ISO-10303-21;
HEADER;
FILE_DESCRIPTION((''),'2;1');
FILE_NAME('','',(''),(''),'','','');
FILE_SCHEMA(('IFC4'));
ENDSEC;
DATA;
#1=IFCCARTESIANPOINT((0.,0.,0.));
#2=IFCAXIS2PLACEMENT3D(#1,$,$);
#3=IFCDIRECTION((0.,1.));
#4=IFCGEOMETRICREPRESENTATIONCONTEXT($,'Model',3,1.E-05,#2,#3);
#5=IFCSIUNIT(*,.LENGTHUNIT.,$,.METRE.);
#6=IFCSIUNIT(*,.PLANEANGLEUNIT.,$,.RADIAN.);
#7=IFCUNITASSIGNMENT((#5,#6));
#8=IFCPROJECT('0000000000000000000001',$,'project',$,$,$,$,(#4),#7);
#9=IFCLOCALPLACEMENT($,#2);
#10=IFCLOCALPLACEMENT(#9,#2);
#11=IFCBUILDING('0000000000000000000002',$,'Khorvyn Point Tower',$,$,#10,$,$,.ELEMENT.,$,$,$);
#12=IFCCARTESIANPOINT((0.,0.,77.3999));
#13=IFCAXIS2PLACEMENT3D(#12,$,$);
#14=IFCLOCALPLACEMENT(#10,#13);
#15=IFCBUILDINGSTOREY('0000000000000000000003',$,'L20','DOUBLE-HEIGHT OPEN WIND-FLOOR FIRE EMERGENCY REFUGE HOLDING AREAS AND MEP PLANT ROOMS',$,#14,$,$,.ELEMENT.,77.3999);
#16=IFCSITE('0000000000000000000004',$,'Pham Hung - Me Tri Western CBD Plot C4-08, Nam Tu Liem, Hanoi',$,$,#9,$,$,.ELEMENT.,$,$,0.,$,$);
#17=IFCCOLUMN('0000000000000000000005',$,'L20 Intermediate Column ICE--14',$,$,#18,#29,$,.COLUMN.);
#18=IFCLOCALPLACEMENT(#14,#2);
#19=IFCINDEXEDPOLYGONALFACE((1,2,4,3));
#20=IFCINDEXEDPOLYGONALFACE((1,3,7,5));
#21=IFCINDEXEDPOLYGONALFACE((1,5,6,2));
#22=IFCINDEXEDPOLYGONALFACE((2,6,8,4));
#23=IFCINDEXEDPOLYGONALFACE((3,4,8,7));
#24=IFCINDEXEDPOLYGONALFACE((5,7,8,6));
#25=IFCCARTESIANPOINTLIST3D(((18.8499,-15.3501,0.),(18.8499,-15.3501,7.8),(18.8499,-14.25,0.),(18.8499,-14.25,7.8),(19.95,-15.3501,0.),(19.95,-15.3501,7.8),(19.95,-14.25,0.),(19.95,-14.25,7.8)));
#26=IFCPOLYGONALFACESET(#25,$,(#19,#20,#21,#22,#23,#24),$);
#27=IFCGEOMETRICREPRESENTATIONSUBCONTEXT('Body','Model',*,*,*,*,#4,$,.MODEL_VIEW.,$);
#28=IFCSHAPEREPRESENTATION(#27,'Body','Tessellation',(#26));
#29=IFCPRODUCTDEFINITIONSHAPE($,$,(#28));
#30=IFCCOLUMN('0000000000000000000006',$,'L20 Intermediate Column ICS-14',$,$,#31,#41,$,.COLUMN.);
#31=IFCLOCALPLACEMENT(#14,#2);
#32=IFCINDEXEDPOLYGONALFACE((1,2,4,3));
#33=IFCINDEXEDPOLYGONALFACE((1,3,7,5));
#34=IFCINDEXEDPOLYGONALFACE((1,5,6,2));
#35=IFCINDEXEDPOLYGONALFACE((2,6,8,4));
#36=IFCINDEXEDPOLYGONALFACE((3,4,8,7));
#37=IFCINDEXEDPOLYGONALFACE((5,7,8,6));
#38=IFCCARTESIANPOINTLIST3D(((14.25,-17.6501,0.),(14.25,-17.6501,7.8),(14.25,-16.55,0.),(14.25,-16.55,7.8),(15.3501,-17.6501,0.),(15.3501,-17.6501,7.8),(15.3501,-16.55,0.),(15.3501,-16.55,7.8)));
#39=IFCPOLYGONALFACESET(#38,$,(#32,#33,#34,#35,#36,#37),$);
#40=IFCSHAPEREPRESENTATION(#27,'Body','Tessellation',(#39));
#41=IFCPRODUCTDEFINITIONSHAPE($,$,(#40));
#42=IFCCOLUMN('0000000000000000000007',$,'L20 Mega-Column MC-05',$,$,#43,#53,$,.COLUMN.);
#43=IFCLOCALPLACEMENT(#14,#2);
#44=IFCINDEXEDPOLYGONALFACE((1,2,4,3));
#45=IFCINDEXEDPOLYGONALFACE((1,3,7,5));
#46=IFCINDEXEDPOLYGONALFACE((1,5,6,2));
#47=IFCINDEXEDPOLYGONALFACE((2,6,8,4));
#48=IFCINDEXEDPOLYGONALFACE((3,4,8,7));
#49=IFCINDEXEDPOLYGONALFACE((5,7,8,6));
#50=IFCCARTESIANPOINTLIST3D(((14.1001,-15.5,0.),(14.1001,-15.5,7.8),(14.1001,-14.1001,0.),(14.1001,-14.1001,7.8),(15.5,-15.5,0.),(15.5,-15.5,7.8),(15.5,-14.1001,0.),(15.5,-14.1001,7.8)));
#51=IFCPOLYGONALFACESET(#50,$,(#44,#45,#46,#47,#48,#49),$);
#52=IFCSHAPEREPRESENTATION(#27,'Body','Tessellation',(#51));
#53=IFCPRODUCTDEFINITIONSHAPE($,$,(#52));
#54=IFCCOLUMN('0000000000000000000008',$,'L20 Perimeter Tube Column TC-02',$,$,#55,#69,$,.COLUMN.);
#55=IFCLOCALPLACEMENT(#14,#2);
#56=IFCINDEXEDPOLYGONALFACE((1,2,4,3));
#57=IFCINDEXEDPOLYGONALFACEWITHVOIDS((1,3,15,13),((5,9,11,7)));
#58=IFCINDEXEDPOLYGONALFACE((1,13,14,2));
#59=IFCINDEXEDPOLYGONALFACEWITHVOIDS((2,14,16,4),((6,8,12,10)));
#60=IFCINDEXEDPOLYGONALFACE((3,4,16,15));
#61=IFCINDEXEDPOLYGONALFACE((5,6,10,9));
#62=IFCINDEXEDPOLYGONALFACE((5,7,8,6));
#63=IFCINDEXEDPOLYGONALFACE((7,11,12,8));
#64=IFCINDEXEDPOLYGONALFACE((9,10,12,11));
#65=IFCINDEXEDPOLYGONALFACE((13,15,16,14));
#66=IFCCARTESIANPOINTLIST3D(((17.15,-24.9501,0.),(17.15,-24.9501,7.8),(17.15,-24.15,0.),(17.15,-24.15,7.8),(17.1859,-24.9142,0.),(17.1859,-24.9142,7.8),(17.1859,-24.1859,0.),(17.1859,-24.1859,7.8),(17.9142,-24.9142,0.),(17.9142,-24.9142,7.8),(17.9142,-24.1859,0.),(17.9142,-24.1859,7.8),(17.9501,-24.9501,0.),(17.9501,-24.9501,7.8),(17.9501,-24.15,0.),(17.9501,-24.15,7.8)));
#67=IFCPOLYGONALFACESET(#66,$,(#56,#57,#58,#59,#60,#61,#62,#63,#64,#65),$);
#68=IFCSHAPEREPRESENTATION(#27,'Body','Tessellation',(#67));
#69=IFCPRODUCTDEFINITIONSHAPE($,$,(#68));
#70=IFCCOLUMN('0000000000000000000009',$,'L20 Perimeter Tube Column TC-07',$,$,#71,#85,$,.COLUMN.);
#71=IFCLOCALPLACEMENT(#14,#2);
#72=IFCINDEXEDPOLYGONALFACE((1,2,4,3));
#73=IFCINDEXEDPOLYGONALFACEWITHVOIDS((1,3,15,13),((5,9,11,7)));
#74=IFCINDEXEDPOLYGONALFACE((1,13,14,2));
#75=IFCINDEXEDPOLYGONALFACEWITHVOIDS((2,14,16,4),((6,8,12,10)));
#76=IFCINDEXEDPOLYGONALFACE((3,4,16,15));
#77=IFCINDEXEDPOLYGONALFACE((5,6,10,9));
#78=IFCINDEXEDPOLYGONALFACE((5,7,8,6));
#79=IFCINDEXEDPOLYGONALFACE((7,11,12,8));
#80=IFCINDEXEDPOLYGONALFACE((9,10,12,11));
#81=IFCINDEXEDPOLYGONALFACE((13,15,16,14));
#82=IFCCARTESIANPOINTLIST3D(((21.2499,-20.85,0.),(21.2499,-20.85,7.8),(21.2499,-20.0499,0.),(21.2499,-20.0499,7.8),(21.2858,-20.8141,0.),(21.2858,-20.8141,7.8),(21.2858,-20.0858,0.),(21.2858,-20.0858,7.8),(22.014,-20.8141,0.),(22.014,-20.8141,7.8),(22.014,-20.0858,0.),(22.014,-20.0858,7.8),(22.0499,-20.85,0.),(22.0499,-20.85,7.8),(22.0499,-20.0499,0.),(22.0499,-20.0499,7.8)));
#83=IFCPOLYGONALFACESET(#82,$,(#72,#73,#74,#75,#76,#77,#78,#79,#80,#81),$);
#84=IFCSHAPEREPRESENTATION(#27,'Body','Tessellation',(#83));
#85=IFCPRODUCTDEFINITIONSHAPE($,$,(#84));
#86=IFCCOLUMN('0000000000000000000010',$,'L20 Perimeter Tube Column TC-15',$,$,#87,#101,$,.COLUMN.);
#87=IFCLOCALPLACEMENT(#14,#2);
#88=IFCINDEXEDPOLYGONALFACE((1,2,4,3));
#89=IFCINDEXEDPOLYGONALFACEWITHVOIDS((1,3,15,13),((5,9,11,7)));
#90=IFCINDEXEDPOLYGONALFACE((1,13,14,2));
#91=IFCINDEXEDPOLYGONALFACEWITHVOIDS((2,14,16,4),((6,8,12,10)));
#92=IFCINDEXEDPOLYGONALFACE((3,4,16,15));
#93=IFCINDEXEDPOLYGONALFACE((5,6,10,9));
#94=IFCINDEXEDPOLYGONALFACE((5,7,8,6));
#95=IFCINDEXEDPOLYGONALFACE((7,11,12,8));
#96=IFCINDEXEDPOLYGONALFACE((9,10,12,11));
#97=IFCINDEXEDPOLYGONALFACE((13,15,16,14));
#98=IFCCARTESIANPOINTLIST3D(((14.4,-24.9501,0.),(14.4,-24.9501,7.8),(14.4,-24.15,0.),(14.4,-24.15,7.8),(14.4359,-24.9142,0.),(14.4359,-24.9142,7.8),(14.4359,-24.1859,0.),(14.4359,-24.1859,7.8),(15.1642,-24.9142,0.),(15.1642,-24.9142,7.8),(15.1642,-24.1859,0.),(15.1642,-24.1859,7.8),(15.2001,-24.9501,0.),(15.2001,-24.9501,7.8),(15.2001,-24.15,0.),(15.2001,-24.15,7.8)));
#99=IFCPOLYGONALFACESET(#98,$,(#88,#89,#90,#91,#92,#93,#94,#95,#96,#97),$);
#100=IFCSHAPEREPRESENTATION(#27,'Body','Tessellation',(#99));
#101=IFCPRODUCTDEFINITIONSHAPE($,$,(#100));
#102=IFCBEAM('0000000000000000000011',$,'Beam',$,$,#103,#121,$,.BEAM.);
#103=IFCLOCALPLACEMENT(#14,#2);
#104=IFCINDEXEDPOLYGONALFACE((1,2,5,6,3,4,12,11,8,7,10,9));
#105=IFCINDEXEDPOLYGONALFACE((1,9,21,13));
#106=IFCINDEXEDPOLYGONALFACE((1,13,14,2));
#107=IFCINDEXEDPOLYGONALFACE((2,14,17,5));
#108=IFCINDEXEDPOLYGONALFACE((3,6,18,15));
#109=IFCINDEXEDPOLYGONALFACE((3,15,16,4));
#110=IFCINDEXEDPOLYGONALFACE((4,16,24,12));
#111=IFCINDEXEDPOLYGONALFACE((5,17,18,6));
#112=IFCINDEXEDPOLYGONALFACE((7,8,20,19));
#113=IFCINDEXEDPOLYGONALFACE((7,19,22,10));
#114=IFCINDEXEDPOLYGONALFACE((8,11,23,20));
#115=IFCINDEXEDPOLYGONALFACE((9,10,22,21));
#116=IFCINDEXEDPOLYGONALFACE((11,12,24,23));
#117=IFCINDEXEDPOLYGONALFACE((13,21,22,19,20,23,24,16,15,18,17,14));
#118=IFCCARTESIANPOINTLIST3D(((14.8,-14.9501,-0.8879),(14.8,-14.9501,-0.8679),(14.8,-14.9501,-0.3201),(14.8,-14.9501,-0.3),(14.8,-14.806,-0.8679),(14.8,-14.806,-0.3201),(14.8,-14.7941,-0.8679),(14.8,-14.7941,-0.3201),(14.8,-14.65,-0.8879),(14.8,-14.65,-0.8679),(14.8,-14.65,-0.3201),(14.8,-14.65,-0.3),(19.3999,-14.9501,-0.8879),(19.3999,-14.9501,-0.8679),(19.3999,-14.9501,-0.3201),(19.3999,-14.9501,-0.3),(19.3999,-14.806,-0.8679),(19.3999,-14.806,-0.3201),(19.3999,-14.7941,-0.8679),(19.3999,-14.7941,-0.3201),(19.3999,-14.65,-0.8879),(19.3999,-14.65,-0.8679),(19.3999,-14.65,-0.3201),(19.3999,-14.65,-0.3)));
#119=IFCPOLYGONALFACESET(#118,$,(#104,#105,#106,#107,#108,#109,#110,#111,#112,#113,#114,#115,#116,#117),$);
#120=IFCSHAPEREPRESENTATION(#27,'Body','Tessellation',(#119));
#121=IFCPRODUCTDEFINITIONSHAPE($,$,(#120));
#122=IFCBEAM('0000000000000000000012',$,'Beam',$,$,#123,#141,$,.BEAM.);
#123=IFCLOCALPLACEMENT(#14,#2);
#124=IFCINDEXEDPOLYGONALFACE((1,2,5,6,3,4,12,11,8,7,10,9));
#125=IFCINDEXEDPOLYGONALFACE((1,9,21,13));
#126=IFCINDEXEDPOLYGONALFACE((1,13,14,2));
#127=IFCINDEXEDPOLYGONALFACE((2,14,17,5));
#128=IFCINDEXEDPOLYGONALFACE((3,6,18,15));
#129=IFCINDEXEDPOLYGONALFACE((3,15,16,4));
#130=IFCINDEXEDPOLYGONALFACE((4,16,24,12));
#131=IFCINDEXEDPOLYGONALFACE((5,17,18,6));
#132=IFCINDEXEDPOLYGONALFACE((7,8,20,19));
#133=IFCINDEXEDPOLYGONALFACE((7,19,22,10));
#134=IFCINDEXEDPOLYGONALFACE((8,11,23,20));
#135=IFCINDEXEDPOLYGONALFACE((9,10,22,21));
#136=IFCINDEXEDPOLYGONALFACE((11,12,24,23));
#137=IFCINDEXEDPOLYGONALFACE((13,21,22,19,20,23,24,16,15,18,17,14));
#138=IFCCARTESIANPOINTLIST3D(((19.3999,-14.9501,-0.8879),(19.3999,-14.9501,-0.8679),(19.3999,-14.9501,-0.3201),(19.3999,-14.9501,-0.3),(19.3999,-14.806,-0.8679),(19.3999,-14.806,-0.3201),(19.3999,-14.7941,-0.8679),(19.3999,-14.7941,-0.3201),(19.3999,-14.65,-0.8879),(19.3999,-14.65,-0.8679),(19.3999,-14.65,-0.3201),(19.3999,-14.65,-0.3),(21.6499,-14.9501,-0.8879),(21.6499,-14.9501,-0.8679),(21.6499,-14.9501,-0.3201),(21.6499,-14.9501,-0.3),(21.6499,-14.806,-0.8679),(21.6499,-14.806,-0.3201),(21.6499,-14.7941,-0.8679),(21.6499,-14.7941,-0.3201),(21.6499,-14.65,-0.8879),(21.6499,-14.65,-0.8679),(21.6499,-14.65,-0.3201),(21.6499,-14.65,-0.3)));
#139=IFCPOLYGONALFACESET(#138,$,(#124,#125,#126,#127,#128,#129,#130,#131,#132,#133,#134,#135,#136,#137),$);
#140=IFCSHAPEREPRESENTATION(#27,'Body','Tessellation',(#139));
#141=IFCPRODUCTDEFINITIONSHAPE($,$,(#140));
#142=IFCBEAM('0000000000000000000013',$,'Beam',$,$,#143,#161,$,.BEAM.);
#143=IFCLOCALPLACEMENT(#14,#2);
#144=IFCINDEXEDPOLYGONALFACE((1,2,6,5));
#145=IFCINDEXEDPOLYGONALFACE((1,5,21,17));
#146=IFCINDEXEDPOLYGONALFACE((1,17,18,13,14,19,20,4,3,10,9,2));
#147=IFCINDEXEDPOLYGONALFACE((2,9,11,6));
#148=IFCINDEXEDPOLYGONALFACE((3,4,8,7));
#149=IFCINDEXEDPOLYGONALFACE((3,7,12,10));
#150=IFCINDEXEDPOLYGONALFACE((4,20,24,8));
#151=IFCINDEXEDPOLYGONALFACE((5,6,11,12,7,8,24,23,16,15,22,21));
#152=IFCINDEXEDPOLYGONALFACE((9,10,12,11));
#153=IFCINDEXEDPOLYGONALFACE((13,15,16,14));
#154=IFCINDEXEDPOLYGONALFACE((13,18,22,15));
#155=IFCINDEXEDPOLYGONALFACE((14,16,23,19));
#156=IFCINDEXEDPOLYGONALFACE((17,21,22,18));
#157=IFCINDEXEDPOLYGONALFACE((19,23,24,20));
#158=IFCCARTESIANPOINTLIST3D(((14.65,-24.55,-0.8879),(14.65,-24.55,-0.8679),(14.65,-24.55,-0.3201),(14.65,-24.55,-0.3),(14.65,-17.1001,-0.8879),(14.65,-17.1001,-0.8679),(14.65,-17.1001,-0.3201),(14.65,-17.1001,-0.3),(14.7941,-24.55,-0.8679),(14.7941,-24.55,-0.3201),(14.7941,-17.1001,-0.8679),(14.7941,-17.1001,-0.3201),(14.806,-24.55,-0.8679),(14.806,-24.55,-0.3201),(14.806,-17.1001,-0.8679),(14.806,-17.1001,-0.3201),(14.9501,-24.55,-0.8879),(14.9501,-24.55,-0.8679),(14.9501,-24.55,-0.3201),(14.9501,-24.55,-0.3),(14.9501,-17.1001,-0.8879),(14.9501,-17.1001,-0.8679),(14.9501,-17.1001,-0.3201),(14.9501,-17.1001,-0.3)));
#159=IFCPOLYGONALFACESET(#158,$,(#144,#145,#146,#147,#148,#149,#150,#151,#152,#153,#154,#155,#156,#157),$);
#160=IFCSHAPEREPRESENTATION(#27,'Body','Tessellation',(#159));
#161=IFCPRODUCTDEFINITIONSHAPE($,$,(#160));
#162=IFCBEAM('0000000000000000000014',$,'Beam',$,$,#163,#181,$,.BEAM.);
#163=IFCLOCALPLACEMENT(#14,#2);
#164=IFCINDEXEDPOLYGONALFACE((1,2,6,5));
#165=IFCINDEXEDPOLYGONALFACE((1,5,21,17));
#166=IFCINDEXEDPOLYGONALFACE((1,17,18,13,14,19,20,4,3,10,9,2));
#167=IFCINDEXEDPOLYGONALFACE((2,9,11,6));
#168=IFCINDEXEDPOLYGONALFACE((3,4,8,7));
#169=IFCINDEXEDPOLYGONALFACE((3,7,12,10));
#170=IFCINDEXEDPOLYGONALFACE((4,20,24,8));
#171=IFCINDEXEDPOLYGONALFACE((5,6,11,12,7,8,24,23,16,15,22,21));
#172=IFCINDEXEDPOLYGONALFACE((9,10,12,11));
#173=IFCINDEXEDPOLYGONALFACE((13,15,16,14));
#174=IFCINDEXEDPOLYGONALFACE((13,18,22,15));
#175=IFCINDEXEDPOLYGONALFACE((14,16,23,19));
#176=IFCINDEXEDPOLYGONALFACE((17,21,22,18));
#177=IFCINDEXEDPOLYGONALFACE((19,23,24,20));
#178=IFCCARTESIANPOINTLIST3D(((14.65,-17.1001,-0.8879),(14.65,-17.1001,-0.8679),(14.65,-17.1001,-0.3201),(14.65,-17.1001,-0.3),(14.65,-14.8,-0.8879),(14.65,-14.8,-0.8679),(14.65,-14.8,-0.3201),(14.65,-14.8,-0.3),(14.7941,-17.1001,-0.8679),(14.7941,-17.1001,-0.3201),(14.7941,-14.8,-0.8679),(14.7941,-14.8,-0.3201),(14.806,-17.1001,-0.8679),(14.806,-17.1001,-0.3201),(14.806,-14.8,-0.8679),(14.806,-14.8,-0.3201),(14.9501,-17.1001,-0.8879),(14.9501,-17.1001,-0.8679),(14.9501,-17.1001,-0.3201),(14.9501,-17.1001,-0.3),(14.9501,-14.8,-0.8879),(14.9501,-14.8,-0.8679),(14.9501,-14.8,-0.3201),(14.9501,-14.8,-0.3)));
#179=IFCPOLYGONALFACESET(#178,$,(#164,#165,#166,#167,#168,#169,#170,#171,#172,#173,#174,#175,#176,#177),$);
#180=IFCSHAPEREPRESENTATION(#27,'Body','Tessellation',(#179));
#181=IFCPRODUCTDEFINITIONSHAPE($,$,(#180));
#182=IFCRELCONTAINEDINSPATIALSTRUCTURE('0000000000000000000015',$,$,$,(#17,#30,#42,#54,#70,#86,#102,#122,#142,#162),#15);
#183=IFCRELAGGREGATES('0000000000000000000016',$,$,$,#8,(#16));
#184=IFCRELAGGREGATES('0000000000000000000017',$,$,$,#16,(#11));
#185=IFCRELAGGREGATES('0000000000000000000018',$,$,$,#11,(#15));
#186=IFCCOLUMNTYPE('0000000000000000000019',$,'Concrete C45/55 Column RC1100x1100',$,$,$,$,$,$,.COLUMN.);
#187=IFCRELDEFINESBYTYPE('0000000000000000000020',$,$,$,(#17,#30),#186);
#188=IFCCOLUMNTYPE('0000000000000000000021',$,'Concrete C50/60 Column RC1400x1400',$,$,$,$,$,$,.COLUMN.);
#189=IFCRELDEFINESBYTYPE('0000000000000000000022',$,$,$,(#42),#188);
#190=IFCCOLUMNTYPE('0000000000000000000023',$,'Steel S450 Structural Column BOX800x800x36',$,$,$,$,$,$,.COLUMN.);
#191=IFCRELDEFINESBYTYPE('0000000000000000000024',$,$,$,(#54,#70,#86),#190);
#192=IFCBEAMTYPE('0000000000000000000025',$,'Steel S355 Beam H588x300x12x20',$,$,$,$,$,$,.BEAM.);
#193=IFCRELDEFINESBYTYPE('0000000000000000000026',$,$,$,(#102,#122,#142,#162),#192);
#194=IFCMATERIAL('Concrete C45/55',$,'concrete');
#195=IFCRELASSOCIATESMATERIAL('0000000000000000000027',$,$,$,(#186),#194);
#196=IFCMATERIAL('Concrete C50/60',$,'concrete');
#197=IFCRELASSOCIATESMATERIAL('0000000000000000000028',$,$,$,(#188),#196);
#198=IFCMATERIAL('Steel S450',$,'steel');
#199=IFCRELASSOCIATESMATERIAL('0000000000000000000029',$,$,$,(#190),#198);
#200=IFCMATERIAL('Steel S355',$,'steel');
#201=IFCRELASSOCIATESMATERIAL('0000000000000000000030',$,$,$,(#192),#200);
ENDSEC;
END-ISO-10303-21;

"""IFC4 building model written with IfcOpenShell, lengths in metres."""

from ifc_helpers import new_model, si_unit, direction, frame, origin, origin_2d, place, context, subcontext, project, spatial, rectangle, hollow_rectangle, i_section, extrude, material, material_profile, profile_set, type_object, element, save


model = new_model("IFC4")

# Units and contexts
model_context = context("Model", 3, precision=1e-05, world=origin(), true_north=direction((0.0, 1.0)))
body_context = subcontext(model_context, "Body", "Model", "MODEL_VIEW")
ifc_project = project(units=[si_unit("LENGTHUNIT", "METRE"), si_unit("PLANEANGLEUNIT", "RADIAN")], contexts=[model_context])

# Site, building, storey
site_placement = place(None, origin())
site = spatial("IfcSite", under=ifc_project, at=site_placement, Name="Pham Hung - Me Tri Western CBD Plot C4-08, Nam Tu Liem, Hanoi", CompositionType="ELEMENT", RefElevation=0.0)
building_placement = place(site_placement, origin())
building = spatial("IfcBuilding", under=site, at=building_placement, Name="Khorvyn Point Tower", CompositionType="ELEMENT")
storey_placement = place(building_placement, frame((0.0, 0.0, 77.3999)))
storey = spatial("IfcBuildingStorey", under=building, at=storey_placement, Name="L20", Description="DOUBLE-HEIGHT OPEN WIND-FLOOR FIRE EMERGENCY REFUGE HOLDING AREAS AND MEP PLANT ROOMS", CompositionType="ELEMENT", Elevation=77.3999)

# Columns
ifc_material_1 = material(Name="Concrete C45/55", Category="concrete")
ifc_material_profile_1 = material_profile(ifc_material_1, rectangle(XDim=1.1001, YDim=1.1001, at=origin_2d()))
ifc_profile_set_1 = profile_set([ifc_material_profile_1], Name="Concrete C45/55 RC1100x1100")
column_type_1 = type_object("IfcColumnType", Name="Concrete C45/55 Column RC1100x1100", PredefinedType="COLUMN", material=ifc_profile_set_1)
for number, where, z_axis, x_axis, name in (
    (1, (19.3999, -14.8, 0.0), (0.0, 0.0, 1.0), (1.0, 0.0, 0.0), "L20 Intermediate Column ICE--14"),
    (2, (14.8, -17.1001, 0.0), (0.0, 0.0, 1.0), (1.0, 0.0, 0.0), "L20 Intermediate Column ICS-14"),
):
    element("IfcColumn", number, at=place(storey_placement, frame(where, z_axis=z_axis, x_axis=x_axis)), inside=storey, type_object=column_type_1, Name=name, PredefinedType="COLUMN", context=body_context, shape_type="SweptSolid", body=[
        extrude(rectangle(XDim=1.1001, YDim=1.1001, at=origin_2d()), origin(), (0.0, 0.0, 1.0), 7.8),
    ])
ifc_material_2 = material(Name="Concrete C50/60", Category="concrete")
ifc_material_profile_2 = material_profile(ifc_material_2, rectangle(XDim=1.3999, YDim=1.3999, at=origin_2d()))
ifc_profile_set_2 = profile_set([ifc_material_profile_2], Name="Concrete C50/60 RC1400x1400")
column_type_2 = type_object("IfcColumnType", Name="Concrete C50/60 Column RC1400x1400", PredefinedType="COLUMN", material=ifc_profile_set_2)
column_placement = place(storey_placement, frame((14.8, -14.8, 0.0), z_axis=(0.0, 0.0, 1.0), x_axis=(1.0, 0.0, 0.0)))
element("IfcColumn", 3, at=column_placement, inside=storey, type_object=column_type_2, Name="L20 Mega-Column MC-05", PredefinedType="COLUMN", context=body_context, shape_type="SweptSolid", body=[
    extrude(rectangle(XDim=1.3999, YDim=1.3999, at=origin_2d()), origin(), (0.0, 0.0, 1.0), 7.8),
])
ifc_material_3 = material(Name="Steel S450", Category="steel")
ifc_material_profile_3 = material_profile(ifc_material_3, hollow_rectangle(XDim=0.8, YDim=0.8, WallThickness=0.0359, at=origin_2d()))
ifc_profile_set_3 = profile_set([ifc_material_profile_3], Name="Steel S450 BOX800x800x36")
column_type_3 = type_object("IfcColumnType", Name="Steel S450 Structural Column BOX800x800x36", PredefinedType="COLUMN", material=ifc_profile_set_3)
for number, where, z_axis, x_axis, name in (
    (4, (17.55, -24.55, 0.0), (0.0, 0.0, 1.0), (1.0, 0.0, 0.0), "L20 Perimeter Tube Column TC-02"),
    (5, (21.6499, -20.45, 0.0), (0.0, 0.0, 1.0), (1.0, 0.0, 0.0), "L20 Perimeter Tube Column TC-07"),
    (6, (14.8, -24.55, 0.0), (0.0, 0.0, 1.0), (1.0, 0.0, 0.0), "L20 Perimeter Tube Column TC-15"),
):
    element("IfcColumn", number, at=place(storey_placement, frame(where, z_axis=z_axis, x_axis=x_axis)), inside=storey, type_object=column_type_3, Name=name, PredefinedType="COLUMN", context=body_context, shape_type="SweptSolid", body=[
        extrude(hollow_rectangle(XDim=0.8, YDim=0.8, WallThickness=0.0359, at=origin_2d()), origin(), (0.0, 0.0, 1.0), 7.8),
    ])

# Beams
ifc_material_4 = material(Name="Steel S355", Category="steel")
ifc_material_profile_4 = material_profile(ifc_material_4, i_section(OverallWidth=0.3, OverallDepth=0.5879, WebThickness=0.012, FlangeThickness=0.02, at=origin_2d()))
ifc_profile_set_4 = profile_set([ifc_material_profile_4], Name="Steel S355 H588x300x12x20")
beam_type_1 = type_object("IfcBeamType", Name="Steel S355 Beam H588x300x12x20", PredefinedType="BEAM", material=ifc_profile_set_4)
beam_1_placement = place(storey_placement, frame((14.8, -14.8, -0.594), z_axis=(1.0, 0.0, 0.0), x_axis=(0.0, 1.0, 0.0)))
element("IfcBeam", 7, at=beam_1_placement, inside=storey, type_object=beam_type_1, Name="Beam", PredefinedType="BEAM", context=body_context, shape_type="SweptSolid", body=[
    extrude(i_section(OverallWidth=0.3, OverallDepth=0.5879, WebThickness=0.012, FlangeThickness=0.02, at=origin_2d()), origin(), (0.0, 0.0, 1.0), 4.5999),
])
beam_2_placement = place(storey_placement, frame((19.3999, -14.8, -0.594), z_axis=(1.0, 0.0, 0.0), x_axis=(0.0, 1.0, 0.0)))
element("IfcBeam", 8, at=beam_2_placement, inside=storey, type_object=beam_type_1, Name="Beam", PredefinedType="BEAM", context=body_context, shape_type="SweptSolid", body=[
    extrude(i_section(OverallWidth=0.3, OverallDepth=0.5879, WebThickness=0.012, FlangeThickness=0.02, at=origin_2d()), origin(), (0.0, 0.0, 1.0), 2.25),
])
beam_3_placement = place(storey_placement, frame((14.8, -24.55, -0.594), z_axis=(0.0, 1.0, 0.0), x_axis=(-1.0, 0.0, 0.0)))
element("IfcBeam", 9, at=beam_3_placement, inside=storey, type_object=beam_type_1, Name="Beam", PredefinedType="BEAM", context=body_context, shape_type="SweptSolid", body=[
    extrude(i_section(OverallWidth=0.3, OverallDepth=0.5879, WebThickness=0.012, FlangeThickness=0.02, at=origin_2d()), origin(), (0.0, 0.0, 1.0), 7.45),
])
beam_4_placement = place(storey_placement, frame((14.8, -17.1001, -0.594), z_axis=(0.0, 1.0, 0.0), x_axis=(-1.0, 0.0, 0.0)))
element("IfcBeam", 10, at=beam_4_placement, inside=storey, type_object=beam_type_1, Name="Beam", PredefinedType="BEAM", context=body_context, shape_type="SweptSolid", body=[
    extrude(i_section(OverallWidth=0.3, OverallDepth=0.5879, WebThickness=0.012, FlangeThickness=0.02, at=origin_2d()), origin(), (0.0, 0.0, 1.0), 2.3),
])

save(model, "model.ifc")
